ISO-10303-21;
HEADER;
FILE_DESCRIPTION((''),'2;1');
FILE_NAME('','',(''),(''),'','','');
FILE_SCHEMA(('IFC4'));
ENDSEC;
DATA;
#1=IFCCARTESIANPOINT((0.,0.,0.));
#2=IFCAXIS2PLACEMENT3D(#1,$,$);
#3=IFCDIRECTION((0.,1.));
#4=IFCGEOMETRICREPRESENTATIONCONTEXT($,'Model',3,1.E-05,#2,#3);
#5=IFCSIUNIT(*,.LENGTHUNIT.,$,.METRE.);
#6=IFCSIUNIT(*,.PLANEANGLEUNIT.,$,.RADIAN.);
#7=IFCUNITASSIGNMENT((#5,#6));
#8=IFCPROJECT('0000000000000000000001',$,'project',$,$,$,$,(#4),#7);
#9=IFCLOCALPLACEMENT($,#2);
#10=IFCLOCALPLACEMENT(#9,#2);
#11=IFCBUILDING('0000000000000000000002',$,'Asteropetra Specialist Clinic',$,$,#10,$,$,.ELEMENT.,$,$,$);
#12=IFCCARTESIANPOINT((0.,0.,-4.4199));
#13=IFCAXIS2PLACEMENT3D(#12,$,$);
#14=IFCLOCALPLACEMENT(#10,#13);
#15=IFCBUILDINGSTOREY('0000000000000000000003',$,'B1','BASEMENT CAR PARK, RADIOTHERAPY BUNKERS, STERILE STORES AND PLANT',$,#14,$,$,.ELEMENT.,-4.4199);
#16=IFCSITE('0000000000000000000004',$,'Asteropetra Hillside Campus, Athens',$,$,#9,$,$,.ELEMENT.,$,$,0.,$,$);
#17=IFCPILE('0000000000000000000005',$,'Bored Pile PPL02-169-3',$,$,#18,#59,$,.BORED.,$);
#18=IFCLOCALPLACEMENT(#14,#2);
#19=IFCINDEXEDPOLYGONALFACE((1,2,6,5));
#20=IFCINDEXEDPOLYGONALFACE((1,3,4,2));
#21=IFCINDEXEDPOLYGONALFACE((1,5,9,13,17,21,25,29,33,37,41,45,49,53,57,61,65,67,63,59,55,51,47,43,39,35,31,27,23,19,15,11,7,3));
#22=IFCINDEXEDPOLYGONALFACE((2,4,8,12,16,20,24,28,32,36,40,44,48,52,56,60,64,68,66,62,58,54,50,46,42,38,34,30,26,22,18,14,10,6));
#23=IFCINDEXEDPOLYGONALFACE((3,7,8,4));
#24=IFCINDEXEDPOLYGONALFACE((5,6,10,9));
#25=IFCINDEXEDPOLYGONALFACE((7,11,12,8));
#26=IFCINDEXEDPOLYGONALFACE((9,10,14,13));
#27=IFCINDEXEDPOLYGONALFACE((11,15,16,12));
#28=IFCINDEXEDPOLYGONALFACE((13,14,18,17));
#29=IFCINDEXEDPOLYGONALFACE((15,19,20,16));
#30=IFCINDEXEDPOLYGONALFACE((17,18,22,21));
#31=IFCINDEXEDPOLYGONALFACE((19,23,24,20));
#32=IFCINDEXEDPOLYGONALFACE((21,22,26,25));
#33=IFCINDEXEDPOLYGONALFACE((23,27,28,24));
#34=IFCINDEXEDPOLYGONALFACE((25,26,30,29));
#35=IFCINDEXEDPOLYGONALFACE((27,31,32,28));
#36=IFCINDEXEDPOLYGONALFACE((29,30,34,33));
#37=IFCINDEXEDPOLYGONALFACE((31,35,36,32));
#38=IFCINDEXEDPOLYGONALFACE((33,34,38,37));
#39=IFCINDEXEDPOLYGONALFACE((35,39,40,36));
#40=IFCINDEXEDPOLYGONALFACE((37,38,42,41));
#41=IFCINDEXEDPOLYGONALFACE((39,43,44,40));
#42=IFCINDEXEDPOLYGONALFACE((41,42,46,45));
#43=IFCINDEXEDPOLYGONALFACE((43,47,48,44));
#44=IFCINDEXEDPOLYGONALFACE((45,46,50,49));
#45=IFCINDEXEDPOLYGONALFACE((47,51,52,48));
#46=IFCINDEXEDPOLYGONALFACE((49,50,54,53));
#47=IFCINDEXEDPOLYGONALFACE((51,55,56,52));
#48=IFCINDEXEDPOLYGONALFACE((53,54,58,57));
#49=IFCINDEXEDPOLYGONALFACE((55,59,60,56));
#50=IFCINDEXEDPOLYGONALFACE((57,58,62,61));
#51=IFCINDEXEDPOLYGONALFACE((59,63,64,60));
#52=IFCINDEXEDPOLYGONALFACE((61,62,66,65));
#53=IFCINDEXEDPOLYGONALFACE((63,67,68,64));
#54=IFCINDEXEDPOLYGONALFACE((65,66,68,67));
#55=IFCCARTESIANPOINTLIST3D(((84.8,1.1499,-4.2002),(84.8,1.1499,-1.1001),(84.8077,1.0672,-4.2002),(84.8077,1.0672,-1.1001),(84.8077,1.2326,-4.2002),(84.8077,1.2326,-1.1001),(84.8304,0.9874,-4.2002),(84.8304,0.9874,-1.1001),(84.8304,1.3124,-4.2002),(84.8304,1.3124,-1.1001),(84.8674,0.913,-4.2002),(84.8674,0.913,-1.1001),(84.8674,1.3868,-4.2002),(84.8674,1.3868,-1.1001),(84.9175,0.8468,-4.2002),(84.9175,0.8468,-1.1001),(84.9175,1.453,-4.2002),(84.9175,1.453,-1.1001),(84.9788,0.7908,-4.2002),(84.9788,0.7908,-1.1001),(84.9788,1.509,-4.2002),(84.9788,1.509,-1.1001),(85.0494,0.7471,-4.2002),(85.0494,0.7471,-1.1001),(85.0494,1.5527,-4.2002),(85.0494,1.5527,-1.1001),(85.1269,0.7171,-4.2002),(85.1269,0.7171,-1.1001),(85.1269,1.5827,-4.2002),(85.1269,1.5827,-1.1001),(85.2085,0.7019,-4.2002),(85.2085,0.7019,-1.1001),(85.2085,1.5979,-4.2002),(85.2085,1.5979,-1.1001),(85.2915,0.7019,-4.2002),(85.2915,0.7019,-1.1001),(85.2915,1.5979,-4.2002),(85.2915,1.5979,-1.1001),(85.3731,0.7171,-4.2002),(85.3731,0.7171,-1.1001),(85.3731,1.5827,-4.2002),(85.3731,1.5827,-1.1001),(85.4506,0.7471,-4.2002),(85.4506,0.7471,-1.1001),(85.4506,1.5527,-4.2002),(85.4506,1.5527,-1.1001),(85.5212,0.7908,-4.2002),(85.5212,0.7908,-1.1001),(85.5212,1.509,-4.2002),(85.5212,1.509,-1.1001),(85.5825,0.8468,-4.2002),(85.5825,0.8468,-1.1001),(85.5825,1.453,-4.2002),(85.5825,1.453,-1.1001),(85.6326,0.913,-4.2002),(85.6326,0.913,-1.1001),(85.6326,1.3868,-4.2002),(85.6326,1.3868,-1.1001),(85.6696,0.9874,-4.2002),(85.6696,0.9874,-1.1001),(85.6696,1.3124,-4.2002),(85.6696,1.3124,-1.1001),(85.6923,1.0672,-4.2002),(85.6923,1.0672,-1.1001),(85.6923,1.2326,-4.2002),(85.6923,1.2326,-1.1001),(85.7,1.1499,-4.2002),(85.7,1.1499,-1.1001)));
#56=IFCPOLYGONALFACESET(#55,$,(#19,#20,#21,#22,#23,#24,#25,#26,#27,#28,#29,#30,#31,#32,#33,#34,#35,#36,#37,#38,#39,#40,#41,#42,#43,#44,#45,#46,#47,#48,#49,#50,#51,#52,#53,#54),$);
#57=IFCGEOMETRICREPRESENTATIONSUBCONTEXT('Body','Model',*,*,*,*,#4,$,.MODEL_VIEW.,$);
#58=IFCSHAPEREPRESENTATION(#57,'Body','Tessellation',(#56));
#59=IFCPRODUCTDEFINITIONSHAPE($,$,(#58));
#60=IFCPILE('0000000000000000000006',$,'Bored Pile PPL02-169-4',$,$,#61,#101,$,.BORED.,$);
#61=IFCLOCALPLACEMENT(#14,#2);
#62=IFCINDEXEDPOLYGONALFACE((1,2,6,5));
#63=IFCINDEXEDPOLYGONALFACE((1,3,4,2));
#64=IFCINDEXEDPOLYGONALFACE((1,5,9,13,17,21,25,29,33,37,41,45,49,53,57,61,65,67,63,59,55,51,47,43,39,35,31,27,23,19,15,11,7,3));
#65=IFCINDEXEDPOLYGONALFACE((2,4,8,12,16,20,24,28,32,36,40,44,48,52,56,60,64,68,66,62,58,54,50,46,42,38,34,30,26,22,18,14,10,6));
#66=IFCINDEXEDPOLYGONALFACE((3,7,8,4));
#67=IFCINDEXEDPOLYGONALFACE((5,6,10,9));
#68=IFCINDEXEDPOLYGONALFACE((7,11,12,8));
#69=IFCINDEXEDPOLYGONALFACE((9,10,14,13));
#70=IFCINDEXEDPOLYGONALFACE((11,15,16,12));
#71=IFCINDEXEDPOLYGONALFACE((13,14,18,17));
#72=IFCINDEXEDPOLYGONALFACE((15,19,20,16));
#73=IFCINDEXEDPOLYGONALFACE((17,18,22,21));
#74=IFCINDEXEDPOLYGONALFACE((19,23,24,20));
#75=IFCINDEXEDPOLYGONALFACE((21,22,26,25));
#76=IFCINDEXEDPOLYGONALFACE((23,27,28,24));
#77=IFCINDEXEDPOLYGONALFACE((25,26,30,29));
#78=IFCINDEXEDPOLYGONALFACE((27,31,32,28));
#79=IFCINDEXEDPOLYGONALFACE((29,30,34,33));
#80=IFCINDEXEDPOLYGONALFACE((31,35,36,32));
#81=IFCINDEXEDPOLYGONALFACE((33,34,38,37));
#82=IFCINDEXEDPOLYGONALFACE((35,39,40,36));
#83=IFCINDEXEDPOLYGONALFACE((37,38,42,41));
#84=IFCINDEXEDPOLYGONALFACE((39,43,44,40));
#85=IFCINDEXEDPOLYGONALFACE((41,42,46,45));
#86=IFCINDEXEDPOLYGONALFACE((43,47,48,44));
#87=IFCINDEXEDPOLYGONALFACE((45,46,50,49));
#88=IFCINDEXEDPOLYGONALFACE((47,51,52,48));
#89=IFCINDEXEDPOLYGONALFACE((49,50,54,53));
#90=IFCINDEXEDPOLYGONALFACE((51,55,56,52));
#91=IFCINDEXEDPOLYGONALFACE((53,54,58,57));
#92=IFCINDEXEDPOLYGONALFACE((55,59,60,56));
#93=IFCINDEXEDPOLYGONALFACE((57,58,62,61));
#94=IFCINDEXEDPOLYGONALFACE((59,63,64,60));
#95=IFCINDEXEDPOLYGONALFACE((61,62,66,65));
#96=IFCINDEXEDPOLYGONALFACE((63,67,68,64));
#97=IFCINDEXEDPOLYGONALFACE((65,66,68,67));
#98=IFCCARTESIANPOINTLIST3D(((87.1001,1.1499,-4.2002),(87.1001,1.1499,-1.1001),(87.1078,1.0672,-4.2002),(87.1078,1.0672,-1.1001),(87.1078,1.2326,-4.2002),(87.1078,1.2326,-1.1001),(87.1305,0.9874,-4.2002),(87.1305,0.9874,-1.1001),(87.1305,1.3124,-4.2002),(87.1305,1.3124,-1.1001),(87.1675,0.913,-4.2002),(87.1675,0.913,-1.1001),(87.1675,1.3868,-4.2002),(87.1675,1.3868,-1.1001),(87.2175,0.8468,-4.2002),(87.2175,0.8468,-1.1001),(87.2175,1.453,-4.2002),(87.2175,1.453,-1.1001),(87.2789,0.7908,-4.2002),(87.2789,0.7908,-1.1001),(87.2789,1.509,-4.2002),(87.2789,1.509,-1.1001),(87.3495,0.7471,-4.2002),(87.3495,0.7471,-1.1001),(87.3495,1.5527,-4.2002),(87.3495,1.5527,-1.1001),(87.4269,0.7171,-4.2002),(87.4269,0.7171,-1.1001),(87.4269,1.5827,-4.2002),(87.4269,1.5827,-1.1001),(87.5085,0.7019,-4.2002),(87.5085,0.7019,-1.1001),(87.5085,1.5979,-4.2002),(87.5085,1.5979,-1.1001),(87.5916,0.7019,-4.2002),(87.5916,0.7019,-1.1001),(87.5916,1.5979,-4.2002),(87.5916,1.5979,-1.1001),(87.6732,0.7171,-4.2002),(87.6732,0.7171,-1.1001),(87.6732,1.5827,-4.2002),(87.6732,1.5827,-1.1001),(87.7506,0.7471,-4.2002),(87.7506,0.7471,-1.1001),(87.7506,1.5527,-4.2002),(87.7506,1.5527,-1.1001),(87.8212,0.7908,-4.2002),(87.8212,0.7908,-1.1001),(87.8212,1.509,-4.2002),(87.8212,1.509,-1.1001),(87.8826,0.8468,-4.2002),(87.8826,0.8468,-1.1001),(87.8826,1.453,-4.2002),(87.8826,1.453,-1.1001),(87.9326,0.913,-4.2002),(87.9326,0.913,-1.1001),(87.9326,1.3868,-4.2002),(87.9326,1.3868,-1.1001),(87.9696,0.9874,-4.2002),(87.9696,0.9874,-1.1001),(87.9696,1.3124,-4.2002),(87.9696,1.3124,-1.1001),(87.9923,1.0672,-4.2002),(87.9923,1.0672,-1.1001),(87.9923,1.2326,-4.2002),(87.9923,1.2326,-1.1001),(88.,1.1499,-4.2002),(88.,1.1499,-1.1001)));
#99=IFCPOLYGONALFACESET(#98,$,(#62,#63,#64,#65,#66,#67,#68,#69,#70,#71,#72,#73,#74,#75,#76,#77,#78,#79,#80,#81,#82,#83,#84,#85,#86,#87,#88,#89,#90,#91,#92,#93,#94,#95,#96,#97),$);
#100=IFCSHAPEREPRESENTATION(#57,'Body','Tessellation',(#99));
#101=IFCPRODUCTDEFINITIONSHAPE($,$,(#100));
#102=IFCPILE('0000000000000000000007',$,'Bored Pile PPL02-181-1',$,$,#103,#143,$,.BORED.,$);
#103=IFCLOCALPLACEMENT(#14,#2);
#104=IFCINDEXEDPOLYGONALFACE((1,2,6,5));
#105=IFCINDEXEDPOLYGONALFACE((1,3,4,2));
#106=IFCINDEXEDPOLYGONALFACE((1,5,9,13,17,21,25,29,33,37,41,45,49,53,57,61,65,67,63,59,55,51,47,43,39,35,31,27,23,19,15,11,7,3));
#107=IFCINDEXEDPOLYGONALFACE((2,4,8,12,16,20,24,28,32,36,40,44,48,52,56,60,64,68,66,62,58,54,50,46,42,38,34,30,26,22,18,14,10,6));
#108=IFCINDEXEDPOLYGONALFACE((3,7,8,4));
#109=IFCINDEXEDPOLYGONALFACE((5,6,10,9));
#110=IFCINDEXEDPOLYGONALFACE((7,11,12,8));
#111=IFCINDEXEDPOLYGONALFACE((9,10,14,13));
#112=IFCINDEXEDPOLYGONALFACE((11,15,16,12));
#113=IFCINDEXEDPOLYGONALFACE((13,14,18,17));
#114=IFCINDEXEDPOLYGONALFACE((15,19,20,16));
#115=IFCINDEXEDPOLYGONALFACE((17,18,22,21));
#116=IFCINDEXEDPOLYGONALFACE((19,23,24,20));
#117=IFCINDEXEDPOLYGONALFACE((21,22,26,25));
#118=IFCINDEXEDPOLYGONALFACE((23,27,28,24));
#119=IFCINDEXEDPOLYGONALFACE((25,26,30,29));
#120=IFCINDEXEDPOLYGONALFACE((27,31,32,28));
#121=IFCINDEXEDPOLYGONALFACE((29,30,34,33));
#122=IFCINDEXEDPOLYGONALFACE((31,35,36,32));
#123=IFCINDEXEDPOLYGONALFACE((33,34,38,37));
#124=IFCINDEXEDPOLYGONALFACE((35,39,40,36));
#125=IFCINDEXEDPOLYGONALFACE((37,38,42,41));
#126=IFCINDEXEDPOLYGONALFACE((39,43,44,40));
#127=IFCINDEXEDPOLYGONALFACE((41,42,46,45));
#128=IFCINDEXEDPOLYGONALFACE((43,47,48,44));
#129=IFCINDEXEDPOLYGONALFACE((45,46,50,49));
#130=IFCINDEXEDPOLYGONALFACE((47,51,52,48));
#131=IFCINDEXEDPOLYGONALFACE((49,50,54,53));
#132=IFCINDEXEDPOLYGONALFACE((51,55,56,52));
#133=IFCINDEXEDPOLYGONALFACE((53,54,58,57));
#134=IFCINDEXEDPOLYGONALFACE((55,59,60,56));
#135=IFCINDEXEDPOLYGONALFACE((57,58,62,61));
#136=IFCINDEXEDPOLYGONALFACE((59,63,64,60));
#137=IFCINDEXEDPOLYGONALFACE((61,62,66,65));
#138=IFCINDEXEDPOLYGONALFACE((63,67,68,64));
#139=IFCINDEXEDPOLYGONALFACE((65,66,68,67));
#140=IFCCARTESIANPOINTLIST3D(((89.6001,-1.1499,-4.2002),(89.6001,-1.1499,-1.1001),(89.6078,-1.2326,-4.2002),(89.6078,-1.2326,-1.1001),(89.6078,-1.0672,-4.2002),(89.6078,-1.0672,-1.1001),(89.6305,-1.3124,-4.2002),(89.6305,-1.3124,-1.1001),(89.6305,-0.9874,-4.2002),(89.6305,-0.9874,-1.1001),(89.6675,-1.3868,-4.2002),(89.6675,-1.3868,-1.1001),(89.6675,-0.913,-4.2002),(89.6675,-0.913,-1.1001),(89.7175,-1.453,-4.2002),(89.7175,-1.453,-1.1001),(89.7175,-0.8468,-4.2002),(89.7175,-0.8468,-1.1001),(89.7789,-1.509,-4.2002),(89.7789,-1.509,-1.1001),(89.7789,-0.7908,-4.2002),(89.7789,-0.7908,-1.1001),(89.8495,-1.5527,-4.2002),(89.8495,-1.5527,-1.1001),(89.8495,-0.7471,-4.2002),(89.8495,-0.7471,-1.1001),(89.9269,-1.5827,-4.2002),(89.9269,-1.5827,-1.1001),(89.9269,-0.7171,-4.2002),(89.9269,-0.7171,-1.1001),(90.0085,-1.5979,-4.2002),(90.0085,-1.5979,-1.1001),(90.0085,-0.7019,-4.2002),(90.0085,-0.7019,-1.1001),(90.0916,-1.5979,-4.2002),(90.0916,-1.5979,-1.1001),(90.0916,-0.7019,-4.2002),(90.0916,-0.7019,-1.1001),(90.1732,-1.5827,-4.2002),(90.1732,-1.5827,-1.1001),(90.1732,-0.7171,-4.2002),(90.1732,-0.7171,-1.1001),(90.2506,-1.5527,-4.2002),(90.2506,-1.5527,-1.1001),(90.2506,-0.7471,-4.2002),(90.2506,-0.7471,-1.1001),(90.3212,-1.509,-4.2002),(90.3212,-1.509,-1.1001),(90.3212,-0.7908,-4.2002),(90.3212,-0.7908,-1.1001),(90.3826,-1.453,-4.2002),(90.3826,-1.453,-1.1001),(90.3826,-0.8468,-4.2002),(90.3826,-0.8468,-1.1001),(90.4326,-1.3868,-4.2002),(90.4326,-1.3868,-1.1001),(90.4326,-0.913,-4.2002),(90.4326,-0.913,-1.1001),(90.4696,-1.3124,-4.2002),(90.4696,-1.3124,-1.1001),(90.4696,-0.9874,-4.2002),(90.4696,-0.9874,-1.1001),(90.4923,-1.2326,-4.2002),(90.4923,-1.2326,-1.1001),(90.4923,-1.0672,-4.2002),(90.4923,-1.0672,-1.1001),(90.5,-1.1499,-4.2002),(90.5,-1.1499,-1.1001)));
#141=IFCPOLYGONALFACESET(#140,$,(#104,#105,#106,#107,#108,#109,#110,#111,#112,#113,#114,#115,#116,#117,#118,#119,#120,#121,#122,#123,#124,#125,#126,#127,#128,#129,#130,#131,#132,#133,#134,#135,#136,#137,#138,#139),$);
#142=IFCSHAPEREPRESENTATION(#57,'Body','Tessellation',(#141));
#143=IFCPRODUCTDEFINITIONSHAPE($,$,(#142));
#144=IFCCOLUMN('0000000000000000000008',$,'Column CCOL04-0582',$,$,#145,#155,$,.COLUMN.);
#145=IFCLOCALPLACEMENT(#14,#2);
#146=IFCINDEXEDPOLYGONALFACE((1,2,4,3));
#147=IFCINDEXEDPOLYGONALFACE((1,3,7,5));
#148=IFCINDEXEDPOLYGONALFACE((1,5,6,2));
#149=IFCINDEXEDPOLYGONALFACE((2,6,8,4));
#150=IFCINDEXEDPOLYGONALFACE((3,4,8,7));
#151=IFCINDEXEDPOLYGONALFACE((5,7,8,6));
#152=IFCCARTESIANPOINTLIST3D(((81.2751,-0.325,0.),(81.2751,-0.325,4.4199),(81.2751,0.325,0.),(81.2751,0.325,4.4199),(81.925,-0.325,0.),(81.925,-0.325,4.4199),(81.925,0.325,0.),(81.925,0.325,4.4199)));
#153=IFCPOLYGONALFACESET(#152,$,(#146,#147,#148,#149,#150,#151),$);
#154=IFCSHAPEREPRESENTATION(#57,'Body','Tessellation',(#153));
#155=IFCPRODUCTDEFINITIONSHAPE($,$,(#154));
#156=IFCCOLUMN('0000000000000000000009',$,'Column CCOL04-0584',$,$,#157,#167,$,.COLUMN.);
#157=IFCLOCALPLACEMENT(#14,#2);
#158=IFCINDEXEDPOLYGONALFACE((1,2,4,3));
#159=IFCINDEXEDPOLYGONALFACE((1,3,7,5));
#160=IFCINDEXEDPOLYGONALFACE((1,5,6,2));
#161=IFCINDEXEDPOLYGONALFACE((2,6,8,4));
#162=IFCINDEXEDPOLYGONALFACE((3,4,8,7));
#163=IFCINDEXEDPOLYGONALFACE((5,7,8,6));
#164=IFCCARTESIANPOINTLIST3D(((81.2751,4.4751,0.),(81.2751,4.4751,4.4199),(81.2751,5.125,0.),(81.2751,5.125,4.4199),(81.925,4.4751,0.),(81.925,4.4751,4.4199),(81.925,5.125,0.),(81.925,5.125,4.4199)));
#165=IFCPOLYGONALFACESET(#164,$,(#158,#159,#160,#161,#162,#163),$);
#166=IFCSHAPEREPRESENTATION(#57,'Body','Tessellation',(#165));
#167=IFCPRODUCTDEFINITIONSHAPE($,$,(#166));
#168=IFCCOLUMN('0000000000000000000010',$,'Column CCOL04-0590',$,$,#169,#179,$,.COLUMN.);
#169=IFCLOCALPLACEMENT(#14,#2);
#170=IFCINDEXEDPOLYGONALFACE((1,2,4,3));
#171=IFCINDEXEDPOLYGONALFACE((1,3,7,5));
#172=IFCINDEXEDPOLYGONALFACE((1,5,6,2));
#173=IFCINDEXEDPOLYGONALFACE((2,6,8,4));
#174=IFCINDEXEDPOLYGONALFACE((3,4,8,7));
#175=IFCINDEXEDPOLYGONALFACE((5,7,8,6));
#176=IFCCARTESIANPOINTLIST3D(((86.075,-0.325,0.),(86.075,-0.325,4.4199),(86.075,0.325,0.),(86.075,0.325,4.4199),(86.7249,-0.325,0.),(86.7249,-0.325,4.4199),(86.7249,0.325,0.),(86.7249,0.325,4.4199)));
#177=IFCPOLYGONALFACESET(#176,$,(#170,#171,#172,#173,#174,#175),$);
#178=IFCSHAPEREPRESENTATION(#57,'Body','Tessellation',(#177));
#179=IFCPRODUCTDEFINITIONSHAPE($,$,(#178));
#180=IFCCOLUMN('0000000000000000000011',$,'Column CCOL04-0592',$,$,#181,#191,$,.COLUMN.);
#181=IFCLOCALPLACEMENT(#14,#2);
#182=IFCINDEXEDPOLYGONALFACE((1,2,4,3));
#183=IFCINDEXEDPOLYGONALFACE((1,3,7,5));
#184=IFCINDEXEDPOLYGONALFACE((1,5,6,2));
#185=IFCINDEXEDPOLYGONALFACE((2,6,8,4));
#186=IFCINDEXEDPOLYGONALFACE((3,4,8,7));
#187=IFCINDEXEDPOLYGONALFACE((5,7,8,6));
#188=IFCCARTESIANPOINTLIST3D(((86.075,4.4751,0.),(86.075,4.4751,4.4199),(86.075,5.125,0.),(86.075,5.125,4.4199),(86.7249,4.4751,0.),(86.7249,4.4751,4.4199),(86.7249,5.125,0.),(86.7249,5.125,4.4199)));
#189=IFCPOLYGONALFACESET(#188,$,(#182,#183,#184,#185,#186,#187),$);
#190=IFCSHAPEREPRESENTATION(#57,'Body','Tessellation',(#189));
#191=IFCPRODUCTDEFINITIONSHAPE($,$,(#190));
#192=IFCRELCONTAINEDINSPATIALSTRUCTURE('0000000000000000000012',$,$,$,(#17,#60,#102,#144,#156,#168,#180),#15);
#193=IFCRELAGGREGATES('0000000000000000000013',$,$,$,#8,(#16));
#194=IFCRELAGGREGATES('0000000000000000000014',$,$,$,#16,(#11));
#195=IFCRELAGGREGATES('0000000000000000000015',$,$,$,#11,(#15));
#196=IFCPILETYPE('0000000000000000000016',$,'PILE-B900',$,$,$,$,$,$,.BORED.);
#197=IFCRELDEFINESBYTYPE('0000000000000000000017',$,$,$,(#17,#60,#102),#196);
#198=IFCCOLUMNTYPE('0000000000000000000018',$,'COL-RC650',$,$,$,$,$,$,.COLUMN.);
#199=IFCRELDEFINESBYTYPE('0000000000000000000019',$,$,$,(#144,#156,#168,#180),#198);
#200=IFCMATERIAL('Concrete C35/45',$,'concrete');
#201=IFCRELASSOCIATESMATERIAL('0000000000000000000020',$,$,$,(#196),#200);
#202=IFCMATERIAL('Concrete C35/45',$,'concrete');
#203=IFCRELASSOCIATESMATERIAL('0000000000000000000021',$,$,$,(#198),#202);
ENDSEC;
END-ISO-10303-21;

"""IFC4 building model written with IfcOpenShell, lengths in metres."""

from ifc_helpers import new_model, si_unit, direction, frame, origin, origin_2d, place, context, subcontext, project, spatial, rectangle, circle, extrude, material, material_profile, profile_set, type_object, element, save


model = new_model("IFC4")

# Units and contexts
model_context = context("Model", 3, precision=1e-05, world=origin(), true_north=direction((0.0, 1.0)))
body_context = subcontext(model_context, "Body", "Model", "MODEL_VIEW")
ifc_project = project(units=[si_unit("LENGTHUNIT", "METRE"), si_unit("PLANEANGLEUNIT", "RADIAN")], contexts=[model_context])

# Site, building, storey
site_placement = place(None, origin())
site = spatial("IfcSite", under=ifc_project, at=site_placement, Name="Asteropetra Hillside Campus, Athens", CompositionType="ELEMENT", RefElevation=0.0)
building_placement = place(site_placement, origin())
building = spatial("IfcBuilding", under=site, at=building_placement, Name="Asteropetra Specialist Clinic", CompositionType="ELEMENT")
storey_placement = place(building_placement, frame((0.0, 0.0, -4.4199)))
storey = spatial("IfcBuildingStorey", under=building, at=storey_placement, Name="B1", Description="BASEMENT CAR PARK, RADIOTHERAPY BUNKERS, STERILE STORES AND PLANT", CompositionType="ELEMENT", Elevation=-4.4199)

# Piles
ifc_material_1 = material(Name="Concrete C35/45", Category="concrete")
ifc_material_profile_1 = material_profile(ifc_material_1, circle(Radius=0.45, at=origin_2d()), Name="PILE D900")
ifc_profile_set_1 = profile_set([ifc_material_profile_1], Name="Concrete C35/45")
pile_type_1 = type_object("IfcPileType", Name="PILE-B900", PredefinedType="BORED", material=ifc_profile_set_1)
for number, where, z_axis, x_axis, name in (
    (1, (85.25, 1.1499, -1.1001), (0.0, 0.0, -1.0), (1.0, 0.0, 0.0), "Bored Pile PPL02-169-3"),
    (2, (87.55, 1.1499, -1.1001), (0.0, 0.0, -1.0), (1.0, 0.0, 0.0), "Bored Pile PPL02-169-4"),
    (3, (90.05, -1.1499, -1.1001), (0.0, 0.0, -1.0), (1.0, 0.0, 0.0), "Bored Pile PPL02-181-1"),
):
    element("IfcPile", number, at=place(storey_placement, frame(where, z_axis=z_axis, x_axis=x_axis)), inside=storey, type_object=pile_type_1, Name=name, PredefinedType="BORED", context=body_context, shape_type="SweptSolid", body=[
        extrude(circle(Radius=0.45, at=origin_2d()), origin(), (0.0, 0.0, 1.0), 3.1001),
    ])

# Columns
ifc_material_2 = material(Name="Concrete C35/45", Category="concrete")
ifc_material_profile_2 = material_profile(ifc_material_2, rectangle(XDim=0.6499, YDim=0.6499, at=origin_2d()), Name="RC 650x650")
ifc_profile_set_2 = profile_set([ifc_material_profile_2], Name="Concrete C35/45")
column_type = type_object("IfcColumnType", Name="COL-RC650", PredefinedType="COLUMN", material=ifc_profile_set_2)
for number, where, z_axis, x_axis, name in (
    (4, (81.6001, 0.0, 0.0), (0.0, 0.0, 1.0), (1.0, 0.0, 0.0), "Column CCOL04-0582"),
    (5, (81.6001, 4.8, 0.0), (0.0, 0.0, 1.0), (1.0, 0.0, 0.0), "Column CCOL04-0584"),
    (6, (86.3999, 0.0, 0.0), (0.0, 0.0, 1.0), (1.0, 0.0, 0.0), "Column CCOL04-0590"),
    (7, (86.3999, 4.8, 0.0), (0.0, 0.0, 1.0), (1.0, 0.0, 0.0), "Column CCOL04-0592"),
):
    element("IfcColumn", number, at=place(storey_placement, frame(where, z_axis=z_axis, x_axis=x_axis)), inside=storey, type_object=column_type, Name=name, PredefinedType="COLUMN", context=body_context, shape_type="SweptSolid", body=[
        extrude(rectangle(XDim=0.6499, YDim=0.6499, at=origin_2d()), origin(), (0.0, 0.0, 1.0), 4.4199),
    ])

save(model, "model.ifc")
